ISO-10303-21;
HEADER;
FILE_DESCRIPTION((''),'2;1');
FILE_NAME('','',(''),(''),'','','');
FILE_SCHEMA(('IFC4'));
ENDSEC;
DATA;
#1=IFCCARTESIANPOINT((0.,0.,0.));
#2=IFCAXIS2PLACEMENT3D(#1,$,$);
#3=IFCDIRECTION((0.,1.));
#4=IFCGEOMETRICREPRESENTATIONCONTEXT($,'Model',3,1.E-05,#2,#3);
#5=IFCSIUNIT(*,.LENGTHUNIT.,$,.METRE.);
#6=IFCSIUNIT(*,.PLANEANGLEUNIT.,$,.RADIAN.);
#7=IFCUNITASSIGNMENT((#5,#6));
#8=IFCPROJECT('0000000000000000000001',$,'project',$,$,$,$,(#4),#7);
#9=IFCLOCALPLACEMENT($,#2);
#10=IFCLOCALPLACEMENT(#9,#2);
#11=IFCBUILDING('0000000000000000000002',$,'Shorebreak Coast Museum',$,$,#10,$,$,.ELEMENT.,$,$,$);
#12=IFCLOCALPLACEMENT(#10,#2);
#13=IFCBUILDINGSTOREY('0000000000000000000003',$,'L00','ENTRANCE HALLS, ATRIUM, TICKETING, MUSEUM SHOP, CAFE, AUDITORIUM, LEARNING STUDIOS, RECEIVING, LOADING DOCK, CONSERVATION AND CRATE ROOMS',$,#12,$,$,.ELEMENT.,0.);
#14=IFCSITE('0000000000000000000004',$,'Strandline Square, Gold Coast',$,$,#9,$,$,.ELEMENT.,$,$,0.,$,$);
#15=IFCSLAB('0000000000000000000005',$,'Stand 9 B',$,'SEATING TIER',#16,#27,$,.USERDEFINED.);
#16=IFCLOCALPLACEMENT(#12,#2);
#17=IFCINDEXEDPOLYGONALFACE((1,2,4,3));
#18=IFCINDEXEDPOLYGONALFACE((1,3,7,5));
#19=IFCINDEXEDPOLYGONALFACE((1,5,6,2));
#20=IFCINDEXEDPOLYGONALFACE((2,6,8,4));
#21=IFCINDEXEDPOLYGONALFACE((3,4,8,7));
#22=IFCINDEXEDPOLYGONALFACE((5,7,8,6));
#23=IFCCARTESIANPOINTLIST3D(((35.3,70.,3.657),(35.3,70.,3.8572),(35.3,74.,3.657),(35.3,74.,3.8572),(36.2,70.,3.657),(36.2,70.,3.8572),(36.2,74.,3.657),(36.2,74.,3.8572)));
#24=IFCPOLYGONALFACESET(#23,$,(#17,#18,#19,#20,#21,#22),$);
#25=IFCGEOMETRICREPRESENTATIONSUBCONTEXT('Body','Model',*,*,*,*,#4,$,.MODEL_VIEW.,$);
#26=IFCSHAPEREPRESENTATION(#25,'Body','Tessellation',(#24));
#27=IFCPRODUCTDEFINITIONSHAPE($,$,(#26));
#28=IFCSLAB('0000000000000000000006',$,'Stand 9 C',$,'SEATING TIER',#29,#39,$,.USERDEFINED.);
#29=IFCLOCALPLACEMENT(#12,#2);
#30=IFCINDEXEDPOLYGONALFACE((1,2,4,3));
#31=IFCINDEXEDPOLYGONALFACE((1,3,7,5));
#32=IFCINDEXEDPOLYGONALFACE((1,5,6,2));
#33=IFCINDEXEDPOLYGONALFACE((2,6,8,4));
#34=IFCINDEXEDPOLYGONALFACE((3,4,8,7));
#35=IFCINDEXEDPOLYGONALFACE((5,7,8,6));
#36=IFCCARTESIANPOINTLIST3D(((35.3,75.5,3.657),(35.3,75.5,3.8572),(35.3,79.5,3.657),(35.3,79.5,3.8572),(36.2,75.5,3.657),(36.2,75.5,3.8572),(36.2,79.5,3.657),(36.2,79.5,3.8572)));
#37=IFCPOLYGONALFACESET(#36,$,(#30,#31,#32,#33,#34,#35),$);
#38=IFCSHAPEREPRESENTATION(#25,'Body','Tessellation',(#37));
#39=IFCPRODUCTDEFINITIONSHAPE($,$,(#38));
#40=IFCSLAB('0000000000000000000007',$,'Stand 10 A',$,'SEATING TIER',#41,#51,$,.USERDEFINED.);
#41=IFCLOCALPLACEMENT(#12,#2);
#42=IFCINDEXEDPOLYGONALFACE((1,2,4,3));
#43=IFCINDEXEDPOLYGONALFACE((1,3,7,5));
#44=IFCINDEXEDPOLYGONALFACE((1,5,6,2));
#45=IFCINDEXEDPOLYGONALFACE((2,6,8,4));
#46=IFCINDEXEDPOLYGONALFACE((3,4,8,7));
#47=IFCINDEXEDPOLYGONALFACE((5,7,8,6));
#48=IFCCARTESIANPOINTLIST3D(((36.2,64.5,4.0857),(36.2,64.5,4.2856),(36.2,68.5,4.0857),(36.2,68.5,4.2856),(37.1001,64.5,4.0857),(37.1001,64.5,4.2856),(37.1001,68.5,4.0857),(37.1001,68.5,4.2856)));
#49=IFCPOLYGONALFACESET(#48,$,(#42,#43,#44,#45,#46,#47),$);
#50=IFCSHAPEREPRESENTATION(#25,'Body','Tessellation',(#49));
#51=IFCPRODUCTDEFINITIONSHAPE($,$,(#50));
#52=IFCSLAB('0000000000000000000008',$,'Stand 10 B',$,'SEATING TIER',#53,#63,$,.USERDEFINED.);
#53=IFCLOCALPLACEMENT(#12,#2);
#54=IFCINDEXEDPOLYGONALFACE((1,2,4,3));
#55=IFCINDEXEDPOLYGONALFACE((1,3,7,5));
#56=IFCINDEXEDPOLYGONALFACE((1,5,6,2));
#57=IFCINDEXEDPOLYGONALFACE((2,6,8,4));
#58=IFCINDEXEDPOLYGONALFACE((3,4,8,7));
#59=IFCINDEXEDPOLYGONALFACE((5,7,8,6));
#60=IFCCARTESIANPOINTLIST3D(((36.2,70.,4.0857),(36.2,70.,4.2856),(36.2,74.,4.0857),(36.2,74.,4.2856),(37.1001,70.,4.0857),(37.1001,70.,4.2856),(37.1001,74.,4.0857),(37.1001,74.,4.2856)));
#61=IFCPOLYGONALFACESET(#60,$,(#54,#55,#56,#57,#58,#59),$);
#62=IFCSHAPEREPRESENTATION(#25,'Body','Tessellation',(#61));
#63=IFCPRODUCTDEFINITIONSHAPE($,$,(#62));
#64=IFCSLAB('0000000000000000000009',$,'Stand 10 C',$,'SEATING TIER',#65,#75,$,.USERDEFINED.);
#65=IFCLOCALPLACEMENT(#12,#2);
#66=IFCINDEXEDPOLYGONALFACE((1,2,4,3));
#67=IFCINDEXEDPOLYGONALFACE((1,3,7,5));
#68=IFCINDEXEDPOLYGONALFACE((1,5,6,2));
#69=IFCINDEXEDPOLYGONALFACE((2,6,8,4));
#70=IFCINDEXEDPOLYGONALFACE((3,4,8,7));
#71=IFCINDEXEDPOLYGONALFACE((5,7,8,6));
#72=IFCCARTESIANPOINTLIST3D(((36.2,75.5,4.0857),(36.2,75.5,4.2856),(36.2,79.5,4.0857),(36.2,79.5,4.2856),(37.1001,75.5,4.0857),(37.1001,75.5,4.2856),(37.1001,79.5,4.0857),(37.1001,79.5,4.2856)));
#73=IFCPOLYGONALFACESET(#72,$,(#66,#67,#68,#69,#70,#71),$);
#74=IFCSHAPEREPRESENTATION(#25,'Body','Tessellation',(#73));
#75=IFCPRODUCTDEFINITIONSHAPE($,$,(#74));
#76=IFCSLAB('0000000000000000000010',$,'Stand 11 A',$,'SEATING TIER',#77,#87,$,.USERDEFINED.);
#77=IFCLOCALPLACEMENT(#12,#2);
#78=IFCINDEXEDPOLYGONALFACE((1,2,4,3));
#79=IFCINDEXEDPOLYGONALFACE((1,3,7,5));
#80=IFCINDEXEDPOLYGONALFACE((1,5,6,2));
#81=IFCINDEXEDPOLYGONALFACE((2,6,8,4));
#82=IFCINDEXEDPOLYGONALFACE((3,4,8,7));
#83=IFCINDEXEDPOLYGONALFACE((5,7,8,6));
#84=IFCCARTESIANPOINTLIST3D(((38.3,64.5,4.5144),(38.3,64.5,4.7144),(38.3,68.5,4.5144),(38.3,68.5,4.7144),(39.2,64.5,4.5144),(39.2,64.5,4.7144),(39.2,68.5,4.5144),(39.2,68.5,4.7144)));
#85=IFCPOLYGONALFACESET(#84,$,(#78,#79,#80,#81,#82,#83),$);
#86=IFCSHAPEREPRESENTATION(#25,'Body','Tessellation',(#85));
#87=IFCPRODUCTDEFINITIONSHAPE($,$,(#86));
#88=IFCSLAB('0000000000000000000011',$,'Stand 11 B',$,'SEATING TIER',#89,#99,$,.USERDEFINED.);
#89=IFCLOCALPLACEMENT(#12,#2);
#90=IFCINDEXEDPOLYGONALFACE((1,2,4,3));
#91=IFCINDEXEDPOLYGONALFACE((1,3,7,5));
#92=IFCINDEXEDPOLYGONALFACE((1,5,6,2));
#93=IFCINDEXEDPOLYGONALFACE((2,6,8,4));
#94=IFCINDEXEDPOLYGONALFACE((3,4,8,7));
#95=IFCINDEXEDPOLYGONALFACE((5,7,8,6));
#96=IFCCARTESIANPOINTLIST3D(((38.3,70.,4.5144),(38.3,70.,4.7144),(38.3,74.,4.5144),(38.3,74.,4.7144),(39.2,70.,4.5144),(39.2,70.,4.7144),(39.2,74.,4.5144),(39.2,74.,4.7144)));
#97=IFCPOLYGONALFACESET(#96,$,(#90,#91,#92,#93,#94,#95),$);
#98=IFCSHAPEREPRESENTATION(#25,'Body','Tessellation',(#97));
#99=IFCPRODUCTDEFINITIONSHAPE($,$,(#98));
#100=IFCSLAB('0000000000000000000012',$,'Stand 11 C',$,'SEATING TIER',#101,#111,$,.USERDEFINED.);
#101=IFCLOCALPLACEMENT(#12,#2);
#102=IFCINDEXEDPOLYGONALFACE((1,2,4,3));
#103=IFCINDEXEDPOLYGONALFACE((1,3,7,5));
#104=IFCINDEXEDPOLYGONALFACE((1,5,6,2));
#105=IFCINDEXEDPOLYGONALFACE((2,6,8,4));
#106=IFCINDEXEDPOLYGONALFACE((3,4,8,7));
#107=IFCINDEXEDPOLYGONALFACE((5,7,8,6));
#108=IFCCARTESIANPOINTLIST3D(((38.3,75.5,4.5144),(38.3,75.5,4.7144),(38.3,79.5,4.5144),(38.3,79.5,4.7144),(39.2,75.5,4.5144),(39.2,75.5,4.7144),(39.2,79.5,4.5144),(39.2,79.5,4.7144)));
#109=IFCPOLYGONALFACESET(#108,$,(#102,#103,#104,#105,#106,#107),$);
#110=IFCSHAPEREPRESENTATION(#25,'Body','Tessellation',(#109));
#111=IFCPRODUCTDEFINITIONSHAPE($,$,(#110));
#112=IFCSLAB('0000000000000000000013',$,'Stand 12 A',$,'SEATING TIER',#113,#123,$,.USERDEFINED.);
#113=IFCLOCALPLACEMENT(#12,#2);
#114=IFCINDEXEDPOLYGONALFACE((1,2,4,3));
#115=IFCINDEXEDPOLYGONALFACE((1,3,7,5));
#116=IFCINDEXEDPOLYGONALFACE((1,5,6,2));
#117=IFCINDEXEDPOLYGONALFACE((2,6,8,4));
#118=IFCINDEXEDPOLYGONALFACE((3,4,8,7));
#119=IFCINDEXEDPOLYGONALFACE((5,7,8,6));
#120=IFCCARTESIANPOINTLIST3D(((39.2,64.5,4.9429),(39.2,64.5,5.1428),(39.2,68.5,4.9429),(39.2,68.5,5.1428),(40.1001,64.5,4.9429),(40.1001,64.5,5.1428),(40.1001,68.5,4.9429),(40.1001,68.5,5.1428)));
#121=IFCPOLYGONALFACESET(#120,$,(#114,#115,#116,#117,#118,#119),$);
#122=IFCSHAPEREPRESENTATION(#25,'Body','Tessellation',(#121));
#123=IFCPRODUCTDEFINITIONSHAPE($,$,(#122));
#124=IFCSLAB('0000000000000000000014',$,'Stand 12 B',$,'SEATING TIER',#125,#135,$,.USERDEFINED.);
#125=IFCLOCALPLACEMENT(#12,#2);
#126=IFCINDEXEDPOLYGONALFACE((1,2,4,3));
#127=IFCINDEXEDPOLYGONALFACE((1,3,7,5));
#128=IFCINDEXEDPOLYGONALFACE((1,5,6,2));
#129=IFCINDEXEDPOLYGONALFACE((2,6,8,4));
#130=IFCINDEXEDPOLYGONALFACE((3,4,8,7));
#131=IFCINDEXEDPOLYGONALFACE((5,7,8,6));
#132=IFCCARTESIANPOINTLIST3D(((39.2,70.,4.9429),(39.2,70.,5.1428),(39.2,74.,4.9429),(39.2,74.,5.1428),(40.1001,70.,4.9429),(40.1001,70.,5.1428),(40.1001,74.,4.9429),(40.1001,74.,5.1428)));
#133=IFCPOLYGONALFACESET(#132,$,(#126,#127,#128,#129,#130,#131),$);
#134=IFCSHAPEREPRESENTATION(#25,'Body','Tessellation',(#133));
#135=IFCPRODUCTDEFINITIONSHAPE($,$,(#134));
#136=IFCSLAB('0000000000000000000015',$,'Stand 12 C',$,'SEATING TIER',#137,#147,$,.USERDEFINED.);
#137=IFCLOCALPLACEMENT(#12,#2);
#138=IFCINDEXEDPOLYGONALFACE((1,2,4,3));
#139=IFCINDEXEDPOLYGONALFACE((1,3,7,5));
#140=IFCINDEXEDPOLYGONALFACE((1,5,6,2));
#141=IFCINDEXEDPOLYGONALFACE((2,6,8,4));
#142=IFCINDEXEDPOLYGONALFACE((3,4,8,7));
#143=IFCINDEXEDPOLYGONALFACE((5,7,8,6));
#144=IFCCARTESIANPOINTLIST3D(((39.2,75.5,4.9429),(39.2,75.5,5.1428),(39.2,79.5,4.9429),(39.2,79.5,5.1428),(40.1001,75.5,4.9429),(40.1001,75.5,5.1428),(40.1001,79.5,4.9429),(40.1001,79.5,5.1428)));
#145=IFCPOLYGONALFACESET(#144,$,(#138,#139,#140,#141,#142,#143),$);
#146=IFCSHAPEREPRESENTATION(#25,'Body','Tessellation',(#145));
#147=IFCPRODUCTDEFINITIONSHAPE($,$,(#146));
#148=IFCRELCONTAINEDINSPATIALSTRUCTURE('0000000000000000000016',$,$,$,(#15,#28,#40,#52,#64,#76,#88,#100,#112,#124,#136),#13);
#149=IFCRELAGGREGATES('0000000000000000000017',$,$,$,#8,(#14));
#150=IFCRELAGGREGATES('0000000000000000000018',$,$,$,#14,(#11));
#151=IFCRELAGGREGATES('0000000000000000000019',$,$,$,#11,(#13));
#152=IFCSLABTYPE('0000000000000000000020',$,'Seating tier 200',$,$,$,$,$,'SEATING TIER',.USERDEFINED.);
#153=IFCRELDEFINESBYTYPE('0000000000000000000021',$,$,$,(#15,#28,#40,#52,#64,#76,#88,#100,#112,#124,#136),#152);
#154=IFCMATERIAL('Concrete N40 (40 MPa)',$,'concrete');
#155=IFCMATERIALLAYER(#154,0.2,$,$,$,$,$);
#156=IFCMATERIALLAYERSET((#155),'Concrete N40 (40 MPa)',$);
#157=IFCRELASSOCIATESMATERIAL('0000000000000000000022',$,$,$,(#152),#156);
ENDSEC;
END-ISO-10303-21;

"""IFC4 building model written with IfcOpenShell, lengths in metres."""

from ifc_helpers import new_model, si_unit, direction, frame, origin, place, context, subcontext, project, spatial, polyline, outline, extrude, material, layer, layer_set, type_object, element, save


model = new_model("IFC4")

# Units and contexts
model_context = context("Model", 3, precision=1e-05, world=origin(), true_north=direction((0.0, 1.0)))
body_context = subcontext(model_context, "Body", "Model", "MODEL_VIEW")
ifc_project = project(units=[si_unit("LENGTHUNIT", "METRE"), si_unit("PLANEANGLEUNIT", "RADIAN")], contexts=[model_context])

# Site, building, storey
site_placement = place(None, origin())
site = spatial("IfcSite", under=ifc_project, at=site_placement, Name="Strandline Square, Gold Coast", CompositionType="ELEMENT", RefElevation=0.0)
building_placement = place(site_placement, origin())
building = spatial("IfcBuilding", under=site, at=building_placement, Name="Shorebreak Coast Museum", CompositionType="ELEMENT")
storey_placement = place(building_placement, origin())
storey = spatial("IfcBuildingStorey", under=building, at=storey_placement, Name="L00", Description="ENTRANCE HALLS, ATRIUM, TICKETING, MUSEUM SHOP, CAFE, AUDITORIUM, LEARNING STUDIOS, RECEIVING, LOADING DOCK, CONSERVATION AND CRATE ROOMS", CompositionType="ELEMENT", Elevation=0.0)

# Slabs
ifc_material = material(Name="Concrete N40 (40 MPa)", Category="concrete")
ifc_layer = layer(ifc_material, 0.2)
ifc_layer_set = layer_set([ifc_layer], Name="Concrete N40 (40 MPa)")
slab_type = type_object("IfcSlabType", Name="Seating tier 200", ElementType="SEATING TIER", PredefinedType="USERDEFINED", material=ifc_layer_set)
slab_1_placement = place(storey_placement, frame((0.0, 0.0, 3.657)))
element("IfcSlab", 1, at=slab_1_placement, inside=storey, type_object=slab_type, Name="Stand 9 B", ObjectType="SEATING TIER", PredefinedType="USERDEFINED", context=body_context, shape_type="SweptSolid", body=[
    extrude(outline(polyline([(35.3, 70.0), (36.2, 70.0), (36.2, 74.0), (35.3, 74.0), (35.3, 70.0)])), origin(), (0.0, 0.0, 1.0), 0.2002),
])
slab_2_placement = place(storey_placement, frame((0.0, 0.0, 3.657)))
element("IfcSlab", 2, at=slab_2_placement, inside=storey, type_object=slab_type, Name="Stand 9 C", ObjectType="SEATING TIER", PredefinedType="USERDEFINED", context=body_context, shape_type="SweptSolid", body=[
    extrude(outline(polyline([(35.3, 75.5), (36.2, 75.5), (36.2, 79.5), (35.3, 79.5), (35.3, 75.5)])), origin(), (0.0, 0.0, 1.0), 0.2002),
])
slab_3_placement = place(storey_placement, frame((0.0, 0.0, 4.0857)))
element("IfcSlab", 3, at=slab_3_placement, inside=storey, type_object=slab_type, Name="Stand 10 A", ObjectType="SEATING TIER", PredefinedType="USERDEFINED", context=body_context, shape_type="SweptSolid", body=[
    extrude(outline(polyline([(36.2, 64.5), (37.1001, 64.5), (37.1001, 68.5), (36.2, 68.5), (36.2, 64.5)])), origin(), (0.0, 0.0, 1.0), 0.2),
])
slab_4_placement = place(storey_placement, frame((0.0, 0.0, 4.0857)))
element("IfcSlab", 4, at=slab_4_placement, inside=storey, type_object=slab_type, Name="Stand 10 B", ObjectType="SEATING TIER", PredefinedType="USERDEFINED", context=body_context, shape_type="SweptSolid", body=[
    extrude(outline(polyline([(36.2, 70.0), (37.1001, 70.0), (37.1001, 74.0), (36.2, 74.0), (36.2, 70.0)])), origin(), (0.0, 0.0, 1.0), 0.2),
])
slab_5_placement = place(storey_placement, frame((0.0, 0.0, 4.0857)))
element("IfcSlab", 5, at=slab_5_placement, inside=storey, type_object=slab_type, Name="Stand 10 C", ObjectType="SEATING TIER", PredefinedType="USERDEFINED", context=body_context, shape_type="SweptSolid", body=[
    extrude(outline(polyline([(36.2, 75.5), (37.1001, 75.5), (37.1001, 79.5), (36.2, 79.5), (36.2, 75.5)])), origin(), (0.0, 0.0, 1.0), 0.2),
])
slab_6_placement = place(storey_placement, frame((0.0, 0.0, 4.5144)))
element("IfcSlab", 6, at=slab_6_placement, inside=storey, type_object=slab_type, Name="Stand 11 A", ObjectType="SEATING TIER", PredefinedType="USERDEFINED", context=body_context, shape_type="SweptSolid", body=[
    extrude(outline(polyline([(38.3, 64.5), (39.2, 64.5), (39.2, 68.5), (38.3, 68.5), (38.3, 64.5)])), origin(), (0.0, 0.0, 1.0), 0.2),
])
slab_7_placement = place(storey_placement, frame((0.0, 0.0, 4.5144)))
element("IfcSlab", 7, at=slab_7_placement, inside=storey, type_object=slab_type, Name="Stand 11 B", ObjectType="SEATING TIER", PredefinedType="USERDEFINED", context=body_context, shape_type="SweptSolid", body=[
    extrude(outline(polyline([(38.3, 70.0), (39.2, 70.0), (39.2, 74.0), (38.3, 74.0), (38.3, 70.0)])), origin(), (0.0, 0.0, 1.0), 0.2),
])
slab_8_placement = place(storey_placement, frame((0.0, 0.0, 4.5144)))
element("IfcSlab", 8, at=slab_8_placement, inside=storey, type_object=slab_type, Name="Stand 11 C", ObjectType="SEATING TIER", PredefinedType="USERDEFINED", context=body_context, shape_type="SweptSolid", body=[
    extrude(outline(polyline([(38.3, 75.5), (39.2, 75.5), (39.2, 79.5), (38.3, 79.5), (38.3, 75.5)])), origin(), (0.0, 0.0, 1.0), 0.2),
])
slab_9_placement = place(storey_placement, frame((0.0, 0.0, 4.9429)))
element("IfcSlab", 9, at=slab_9_placement, inside=storey, type_object=slab_type, Name="Stand 12 A", ObjectType="SEATING TIER", PredefinedType="USERDEFINED", context=body_context, shape_type="SweptSolid", body=[
    extrude(outline(polyline([(39.2, 64.5), (40.1001, 64.5), (40.1001, 68.5), (39.2, 68.5), (39.2, 64.5)])), origin(), (0.0, 0.0, 1.0), 0.2),
])
slab_10_placement = place(storey_placement, frame((0.0, 0.0, 4.9429)))
element("IfcSlab", 10, at=slab_10_placement, inside=storey, type_object=slab_type, Name="Stand 12 B", ObjectType="SEATING TIER", PredefinedType="USERDEFINED", context=body_context, shape_type="SweptSolid", body=[
    extrude(outline(polyline([(39.2, 70.0), (40.1001, 70.0), (40.1001, 74.0), (39.2, 74.0), (39.2, 70.0)])), origin(), (0.0, 0.0, 1.0), 0.2),
])
slab_11_placement = place(storey_placement, frame((0.0, 0.0, 4.9429)))
element("IfcSlab", 11, at=slab_11_placement, inside=storey, type_object=slab_type, Name="Stand 12 C", ObjectType="SEATING TIER", PredefinedType="USERDEFINED", context=body_context, shape_type="SweptSolid", body=[
    extrude(outline(polyline([(39.2, 75.5), (40.1001, 75.5), (40.1001, 79.5), (39.2, 79.5), (39.2, 75.5)])), origin(), (0.0, 0.0, 1.0), 0.2),
])

save(model, "model.ifc")
